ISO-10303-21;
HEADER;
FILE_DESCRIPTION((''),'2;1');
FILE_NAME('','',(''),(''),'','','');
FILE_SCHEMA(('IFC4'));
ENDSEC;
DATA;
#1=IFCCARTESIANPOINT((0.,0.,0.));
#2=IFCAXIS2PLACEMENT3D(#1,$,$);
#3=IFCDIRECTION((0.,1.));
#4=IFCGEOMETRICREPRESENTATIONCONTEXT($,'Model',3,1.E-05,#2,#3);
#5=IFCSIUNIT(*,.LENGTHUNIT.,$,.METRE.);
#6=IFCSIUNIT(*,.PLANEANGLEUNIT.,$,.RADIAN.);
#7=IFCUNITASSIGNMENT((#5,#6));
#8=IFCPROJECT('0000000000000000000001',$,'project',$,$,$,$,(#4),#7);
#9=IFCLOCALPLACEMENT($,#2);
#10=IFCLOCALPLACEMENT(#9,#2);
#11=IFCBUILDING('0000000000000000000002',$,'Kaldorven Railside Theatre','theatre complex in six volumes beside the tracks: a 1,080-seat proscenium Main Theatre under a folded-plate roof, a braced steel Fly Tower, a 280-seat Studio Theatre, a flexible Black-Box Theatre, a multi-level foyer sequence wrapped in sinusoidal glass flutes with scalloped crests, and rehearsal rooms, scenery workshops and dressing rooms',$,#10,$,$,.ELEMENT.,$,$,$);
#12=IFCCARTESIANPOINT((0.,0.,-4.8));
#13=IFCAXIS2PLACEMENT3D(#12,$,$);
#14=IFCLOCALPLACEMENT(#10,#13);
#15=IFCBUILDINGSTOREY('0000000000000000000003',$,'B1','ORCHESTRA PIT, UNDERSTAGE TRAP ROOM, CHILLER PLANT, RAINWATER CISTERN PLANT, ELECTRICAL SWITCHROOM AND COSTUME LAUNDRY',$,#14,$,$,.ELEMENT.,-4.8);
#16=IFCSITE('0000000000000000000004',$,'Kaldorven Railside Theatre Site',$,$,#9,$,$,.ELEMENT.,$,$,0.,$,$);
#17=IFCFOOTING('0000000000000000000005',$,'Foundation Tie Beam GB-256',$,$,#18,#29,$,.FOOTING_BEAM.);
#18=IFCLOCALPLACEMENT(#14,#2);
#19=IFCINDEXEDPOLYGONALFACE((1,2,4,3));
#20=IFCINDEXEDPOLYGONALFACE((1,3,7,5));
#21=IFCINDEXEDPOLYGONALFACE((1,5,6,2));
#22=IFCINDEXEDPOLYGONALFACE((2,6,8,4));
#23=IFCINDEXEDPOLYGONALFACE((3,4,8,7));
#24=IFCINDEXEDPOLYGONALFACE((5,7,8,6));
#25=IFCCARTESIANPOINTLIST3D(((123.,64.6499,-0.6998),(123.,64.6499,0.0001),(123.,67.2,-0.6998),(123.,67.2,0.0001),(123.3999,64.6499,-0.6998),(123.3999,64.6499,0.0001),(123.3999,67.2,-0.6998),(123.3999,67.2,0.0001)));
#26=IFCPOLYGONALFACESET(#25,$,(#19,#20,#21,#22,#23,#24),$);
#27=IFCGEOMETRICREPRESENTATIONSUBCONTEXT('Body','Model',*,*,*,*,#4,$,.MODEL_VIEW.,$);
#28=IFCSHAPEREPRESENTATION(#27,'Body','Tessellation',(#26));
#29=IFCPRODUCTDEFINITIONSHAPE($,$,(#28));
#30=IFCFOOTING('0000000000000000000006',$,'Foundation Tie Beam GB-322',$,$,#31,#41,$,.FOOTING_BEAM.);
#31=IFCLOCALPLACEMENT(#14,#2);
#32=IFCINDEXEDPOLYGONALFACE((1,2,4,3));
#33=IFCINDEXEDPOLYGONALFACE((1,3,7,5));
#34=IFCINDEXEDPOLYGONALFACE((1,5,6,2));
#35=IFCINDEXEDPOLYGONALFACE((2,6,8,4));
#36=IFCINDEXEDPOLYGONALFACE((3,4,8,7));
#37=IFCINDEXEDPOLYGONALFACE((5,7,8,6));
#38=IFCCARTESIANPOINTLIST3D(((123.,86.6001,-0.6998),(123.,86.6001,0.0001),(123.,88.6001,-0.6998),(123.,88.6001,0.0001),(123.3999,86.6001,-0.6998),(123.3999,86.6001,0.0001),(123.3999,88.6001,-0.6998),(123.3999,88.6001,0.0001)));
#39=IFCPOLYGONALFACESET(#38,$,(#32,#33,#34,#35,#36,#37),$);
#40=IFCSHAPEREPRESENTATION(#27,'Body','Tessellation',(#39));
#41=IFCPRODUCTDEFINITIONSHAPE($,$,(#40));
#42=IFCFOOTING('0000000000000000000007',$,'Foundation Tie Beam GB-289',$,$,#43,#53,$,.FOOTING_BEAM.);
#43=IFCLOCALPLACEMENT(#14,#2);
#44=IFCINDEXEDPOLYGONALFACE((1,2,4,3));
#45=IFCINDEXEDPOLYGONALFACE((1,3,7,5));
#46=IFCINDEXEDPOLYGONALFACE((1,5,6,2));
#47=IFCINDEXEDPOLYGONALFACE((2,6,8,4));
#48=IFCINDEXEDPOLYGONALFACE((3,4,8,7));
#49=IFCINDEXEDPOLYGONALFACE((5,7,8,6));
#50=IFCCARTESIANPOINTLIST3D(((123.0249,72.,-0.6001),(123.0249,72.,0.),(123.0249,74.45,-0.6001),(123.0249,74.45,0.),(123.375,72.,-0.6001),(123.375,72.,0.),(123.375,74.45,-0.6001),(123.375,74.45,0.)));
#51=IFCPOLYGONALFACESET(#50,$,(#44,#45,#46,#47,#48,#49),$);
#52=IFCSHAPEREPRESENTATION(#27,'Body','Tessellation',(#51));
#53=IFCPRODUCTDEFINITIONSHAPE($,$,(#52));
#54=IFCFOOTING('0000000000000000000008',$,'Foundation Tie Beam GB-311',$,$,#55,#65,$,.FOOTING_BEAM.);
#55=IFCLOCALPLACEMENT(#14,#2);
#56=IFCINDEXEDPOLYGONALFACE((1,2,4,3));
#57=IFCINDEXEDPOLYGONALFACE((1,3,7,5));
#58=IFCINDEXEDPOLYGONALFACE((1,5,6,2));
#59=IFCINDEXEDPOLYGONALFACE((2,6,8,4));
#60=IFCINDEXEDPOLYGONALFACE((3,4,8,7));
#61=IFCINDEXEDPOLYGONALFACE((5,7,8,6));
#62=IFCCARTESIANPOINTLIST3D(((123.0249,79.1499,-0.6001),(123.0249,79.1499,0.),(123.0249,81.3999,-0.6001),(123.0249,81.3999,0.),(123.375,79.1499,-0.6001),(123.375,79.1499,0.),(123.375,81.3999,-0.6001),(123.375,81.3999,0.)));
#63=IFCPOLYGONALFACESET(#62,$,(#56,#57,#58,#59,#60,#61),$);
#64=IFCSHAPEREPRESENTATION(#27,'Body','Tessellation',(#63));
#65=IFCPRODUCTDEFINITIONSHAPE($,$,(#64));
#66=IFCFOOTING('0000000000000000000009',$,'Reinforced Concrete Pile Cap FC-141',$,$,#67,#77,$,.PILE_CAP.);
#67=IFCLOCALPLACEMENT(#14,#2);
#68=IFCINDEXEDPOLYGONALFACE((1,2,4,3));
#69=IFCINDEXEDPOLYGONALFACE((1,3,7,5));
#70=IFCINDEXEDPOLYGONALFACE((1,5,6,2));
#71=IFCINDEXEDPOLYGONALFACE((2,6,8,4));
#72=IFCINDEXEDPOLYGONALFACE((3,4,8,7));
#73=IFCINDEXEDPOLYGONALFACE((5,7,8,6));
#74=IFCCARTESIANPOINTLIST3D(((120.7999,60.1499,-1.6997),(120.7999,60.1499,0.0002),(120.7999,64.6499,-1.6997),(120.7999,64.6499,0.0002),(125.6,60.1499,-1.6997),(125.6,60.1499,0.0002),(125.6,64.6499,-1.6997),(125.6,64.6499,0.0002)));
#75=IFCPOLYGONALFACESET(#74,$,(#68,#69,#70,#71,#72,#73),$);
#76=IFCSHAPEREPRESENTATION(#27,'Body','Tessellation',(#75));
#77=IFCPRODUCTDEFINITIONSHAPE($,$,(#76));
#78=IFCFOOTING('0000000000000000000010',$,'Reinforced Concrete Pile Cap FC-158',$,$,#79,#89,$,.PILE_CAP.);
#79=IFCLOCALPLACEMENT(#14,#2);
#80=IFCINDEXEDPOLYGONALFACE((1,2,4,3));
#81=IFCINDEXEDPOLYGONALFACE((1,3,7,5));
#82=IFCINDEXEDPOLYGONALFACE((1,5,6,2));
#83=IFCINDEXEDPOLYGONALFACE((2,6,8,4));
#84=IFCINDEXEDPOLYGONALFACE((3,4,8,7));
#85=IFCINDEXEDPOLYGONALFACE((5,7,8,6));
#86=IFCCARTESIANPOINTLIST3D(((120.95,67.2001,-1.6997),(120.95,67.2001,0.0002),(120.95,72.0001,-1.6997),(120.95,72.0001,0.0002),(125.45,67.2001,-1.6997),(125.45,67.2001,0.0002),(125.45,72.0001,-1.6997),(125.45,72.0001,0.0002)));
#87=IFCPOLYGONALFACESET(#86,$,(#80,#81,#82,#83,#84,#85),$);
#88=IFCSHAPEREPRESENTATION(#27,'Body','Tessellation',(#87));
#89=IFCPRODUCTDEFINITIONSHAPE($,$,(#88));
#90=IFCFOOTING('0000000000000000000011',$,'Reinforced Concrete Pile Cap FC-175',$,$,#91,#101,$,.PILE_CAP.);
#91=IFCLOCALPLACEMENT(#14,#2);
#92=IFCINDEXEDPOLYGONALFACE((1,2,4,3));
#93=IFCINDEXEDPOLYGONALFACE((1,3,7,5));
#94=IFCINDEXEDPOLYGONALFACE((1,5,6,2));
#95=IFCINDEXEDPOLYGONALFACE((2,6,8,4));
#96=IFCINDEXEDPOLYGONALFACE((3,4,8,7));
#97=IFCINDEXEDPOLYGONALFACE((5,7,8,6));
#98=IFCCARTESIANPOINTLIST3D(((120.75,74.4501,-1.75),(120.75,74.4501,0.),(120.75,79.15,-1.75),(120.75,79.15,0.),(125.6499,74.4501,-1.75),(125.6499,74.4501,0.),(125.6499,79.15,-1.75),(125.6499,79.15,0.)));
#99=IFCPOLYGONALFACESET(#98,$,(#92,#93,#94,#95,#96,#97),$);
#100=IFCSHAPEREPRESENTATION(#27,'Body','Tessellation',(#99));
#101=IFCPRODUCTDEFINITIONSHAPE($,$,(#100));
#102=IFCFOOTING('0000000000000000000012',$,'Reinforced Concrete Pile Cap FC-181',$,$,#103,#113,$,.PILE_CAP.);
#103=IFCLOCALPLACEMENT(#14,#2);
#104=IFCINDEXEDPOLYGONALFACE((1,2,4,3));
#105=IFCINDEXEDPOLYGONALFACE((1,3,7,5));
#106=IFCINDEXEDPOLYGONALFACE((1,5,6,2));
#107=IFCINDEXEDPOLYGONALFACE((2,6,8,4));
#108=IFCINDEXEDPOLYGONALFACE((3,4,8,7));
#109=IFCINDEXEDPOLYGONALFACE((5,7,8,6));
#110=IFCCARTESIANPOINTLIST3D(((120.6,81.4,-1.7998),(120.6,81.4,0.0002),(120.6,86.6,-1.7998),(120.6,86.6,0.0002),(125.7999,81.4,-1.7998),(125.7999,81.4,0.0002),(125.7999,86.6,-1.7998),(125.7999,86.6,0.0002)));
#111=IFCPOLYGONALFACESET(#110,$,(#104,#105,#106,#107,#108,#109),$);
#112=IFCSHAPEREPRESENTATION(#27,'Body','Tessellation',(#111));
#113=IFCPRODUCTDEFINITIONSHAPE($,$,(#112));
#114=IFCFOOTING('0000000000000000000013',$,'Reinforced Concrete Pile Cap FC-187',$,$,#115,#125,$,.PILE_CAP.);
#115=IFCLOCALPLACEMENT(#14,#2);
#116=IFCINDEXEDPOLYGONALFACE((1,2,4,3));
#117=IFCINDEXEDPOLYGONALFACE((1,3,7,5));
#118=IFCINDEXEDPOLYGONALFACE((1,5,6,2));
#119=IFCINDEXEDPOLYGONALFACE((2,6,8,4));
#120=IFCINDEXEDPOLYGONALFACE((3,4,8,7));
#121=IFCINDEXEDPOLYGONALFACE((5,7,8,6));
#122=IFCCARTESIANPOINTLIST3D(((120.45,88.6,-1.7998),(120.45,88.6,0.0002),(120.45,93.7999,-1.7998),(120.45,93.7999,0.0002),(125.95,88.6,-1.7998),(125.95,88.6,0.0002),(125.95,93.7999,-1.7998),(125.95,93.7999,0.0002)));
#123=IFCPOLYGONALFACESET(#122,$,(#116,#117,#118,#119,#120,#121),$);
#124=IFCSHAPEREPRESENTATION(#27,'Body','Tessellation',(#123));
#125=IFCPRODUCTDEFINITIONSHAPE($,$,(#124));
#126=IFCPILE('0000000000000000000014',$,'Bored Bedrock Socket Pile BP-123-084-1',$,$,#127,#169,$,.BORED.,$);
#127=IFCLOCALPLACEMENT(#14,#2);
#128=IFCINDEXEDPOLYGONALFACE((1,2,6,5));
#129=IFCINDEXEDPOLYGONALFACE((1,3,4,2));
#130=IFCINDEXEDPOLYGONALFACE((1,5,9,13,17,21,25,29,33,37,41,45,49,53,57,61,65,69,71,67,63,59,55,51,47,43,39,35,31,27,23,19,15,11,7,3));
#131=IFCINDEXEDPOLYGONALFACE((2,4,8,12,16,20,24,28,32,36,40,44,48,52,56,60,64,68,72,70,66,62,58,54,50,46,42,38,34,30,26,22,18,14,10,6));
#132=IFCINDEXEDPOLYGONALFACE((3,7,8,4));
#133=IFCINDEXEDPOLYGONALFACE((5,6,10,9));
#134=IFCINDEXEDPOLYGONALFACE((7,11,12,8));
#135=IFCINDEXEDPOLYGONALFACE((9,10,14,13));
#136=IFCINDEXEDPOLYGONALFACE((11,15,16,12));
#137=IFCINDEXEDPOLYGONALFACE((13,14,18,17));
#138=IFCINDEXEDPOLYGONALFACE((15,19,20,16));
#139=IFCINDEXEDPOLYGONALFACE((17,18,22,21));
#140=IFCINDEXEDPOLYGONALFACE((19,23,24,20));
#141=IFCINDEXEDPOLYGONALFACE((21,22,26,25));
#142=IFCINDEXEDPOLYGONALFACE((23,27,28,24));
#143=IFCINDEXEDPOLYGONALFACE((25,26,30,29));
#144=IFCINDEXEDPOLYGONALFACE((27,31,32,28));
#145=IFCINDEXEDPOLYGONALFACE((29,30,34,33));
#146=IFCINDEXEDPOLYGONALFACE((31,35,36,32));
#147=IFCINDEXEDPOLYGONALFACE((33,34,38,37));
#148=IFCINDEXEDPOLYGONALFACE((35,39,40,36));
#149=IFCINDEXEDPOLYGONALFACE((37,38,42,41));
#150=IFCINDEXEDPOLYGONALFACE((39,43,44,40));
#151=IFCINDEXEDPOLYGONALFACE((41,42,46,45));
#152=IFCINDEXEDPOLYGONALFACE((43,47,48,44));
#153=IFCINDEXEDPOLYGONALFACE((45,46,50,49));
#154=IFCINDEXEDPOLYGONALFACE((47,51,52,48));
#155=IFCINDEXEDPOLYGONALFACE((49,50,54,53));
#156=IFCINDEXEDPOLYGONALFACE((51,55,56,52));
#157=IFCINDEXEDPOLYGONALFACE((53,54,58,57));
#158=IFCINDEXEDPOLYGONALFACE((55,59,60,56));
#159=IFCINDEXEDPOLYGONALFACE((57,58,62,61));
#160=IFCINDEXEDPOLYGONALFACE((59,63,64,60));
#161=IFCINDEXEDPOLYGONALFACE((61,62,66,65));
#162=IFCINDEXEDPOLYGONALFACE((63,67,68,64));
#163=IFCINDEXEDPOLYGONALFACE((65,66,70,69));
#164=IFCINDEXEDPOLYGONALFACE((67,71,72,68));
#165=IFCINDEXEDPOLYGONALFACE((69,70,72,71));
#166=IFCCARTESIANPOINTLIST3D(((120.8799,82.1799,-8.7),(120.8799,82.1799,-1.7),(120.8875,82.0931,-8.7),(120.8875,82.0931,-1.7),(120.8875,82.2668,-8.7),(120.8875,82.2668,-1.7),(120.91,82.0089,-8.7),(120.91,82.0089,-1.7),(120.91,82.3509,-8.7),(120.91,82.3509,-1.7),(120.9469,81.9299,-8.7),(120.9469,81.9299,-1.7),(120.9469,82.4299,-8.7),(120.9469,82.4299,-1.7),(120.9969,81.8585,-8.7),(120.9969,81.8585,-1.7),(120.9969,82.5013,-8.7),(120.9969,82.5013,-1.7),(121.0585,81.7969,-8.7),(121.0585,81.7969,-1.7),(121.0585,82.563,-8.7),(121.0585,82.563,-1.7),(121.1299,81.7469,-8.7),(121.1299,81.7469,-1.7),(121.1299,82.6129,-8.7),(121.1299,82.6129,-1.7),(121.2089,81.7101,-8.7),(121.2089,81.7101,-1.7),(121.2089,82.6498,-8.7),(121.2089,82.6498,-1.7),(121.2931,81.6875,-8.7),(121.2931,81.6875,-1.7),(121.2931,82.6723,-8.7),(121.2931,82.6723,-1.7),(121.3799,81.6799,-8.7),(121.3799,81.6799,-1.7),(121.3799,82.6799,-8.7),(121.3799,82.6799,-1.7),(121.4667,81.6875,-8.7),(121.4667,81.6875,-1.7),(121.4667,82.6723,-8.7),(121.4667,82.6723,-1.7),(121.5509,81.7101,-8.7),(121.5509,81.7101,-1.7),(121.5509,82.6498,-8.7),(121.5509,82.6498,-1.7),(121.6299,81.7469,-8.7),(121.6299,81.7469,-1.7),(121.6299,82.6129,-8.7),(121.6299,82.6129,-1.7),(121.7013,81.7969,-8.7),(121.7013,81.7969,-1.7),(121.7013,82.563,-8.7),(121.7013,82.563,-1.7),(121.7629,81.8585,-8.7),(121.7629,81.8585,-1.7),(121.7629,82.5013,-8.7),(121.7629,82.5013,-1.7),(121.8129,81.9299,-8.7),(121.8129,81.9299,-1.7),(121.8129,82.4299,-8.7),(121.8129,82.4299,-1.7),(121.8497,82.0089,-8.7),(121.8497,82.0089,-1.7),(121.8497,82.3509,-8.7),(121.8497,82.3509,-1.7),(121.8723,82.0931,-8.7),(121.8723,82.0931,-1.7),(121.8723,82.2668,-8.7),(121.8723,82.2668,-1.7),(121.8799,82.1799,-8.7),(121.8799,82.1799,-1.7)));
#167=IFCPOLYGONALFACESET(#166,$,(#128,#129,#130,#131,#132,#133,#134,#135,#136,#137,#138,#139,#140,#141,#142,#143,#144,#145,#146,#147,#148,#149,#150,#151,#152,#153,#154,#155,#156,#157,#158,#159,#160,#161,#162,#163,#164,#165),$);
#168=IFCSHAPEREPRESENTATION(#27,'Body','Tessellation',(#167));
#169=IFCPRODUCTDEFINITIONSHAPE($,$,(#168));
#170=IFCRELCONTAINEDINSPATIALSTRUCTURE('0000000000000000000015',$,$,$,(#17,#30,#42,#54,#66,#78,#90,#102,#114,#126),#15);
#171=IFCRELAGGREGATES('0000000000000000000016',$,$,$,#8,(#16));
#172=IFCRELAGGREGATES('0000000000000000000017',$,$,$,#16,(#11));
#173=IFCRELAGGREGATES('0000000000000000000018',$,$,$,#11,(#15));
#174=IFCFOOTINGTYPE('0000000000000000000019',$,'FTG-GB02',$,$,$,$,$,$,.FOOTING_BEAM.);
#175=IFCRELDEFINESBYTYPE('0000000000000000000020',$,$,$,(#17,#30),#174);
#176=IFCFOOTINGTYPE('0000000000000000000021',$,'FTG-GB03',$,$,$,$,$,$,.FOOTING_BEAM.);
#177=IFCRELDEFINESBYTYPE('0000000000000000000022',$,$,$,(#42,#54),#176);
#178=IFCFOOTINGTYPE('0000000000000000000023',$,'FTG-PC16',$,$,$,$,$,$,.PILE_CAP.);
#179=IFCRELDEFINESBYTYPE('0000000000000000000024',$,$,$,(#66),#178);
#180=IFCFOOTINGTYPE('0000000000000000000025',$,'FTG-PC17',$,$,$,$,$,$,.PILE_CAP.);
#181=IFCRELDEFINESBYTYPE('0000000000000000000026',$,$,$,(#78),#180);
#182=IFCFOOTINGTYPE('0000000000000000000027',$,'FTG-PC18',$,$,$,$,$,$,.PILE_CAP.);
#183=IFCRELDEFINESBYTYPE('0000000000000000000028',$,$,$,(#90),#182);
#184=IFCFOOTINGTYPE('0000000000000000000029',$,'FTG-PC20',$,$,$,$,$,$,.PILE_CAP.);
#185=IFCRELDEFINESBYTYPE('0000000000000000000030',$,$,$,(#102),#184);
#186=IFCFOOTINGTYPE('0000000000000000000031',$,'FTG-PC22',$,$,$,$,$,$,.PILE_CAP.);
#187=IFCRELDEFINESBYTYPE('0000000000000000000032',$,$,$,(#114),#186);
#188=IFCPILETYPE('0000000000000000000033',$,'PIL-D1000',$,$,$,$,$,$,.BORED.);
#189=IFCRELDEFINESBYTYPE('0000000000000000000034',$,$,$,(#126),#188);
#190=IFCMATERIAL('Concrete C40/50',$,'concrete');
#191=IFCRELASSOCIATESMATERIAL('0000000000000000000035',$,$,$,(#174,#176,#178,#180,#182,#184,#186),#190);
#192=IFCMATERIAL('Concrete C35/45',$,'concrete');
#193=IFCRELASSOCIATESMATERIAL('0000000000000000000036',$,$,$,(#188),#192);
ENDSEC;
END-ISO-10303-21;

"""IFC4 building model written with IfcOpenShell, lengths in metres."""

from ifc_helpers import new_model, si_unit, direction, frame, origin, origin_2d, place, context, subcontext, project, spatial, rectangle, circle, extrude, material, material_profile, profile_set, type_object, element, save


model = new_model("IFC4")

# Units and contexts
model_context = context("Model", 3, precision=1e-05, world=origin(), true_north=direction((0.0, 1.0)))
body_context = subcontext(model_context, "Body", "Model", "MODEL_VIEW")
ifc_project = project(units=[si_unit("LENGTHUNIT", "METRE"), si_unit("PLANEANGLEUNIT", "RADIAN")], contexts=[model_context])

# Site, building, storey
site_placement = place(None, origin())
site = spatial("IfcSite", under=ifc_project, at=site_placement, Name="Kaldorven Railside Theatre Site", CompositionType="ELEMENT", RefElevation=0.0)
building_placement = place(site_placement, origin())
building = spatial("IfcBuilding", under=site, at=building_placement, Name="Kaldorven Railside Theatre", Description="theatre complex in six volumes beside the tracks: a 1,080-seat proscenium Main Theatre under a folded-plate roof, a braced steel Fly Tower, a 280-seat Studio Theatre, a flexible Black-Box Theatre, a multi-level foyer sequence wrapped in sinusoidal glass flutes with scalloped crests, and rehearsal rooms, scenery workshops and dressing rooms", CompositionType="ELEMENT")
storey_placement = place(building_placement, frame((0.0, 0.0, -4.8)))
storey = spatial("IfcBuildingStorey", under=building, at=storey_placement, Name="B1", Description="ORCHESTRA PIT, UNDERSTAGE TRAP ROOM, CHILLER PLANT, RAINWATER CISTERN PLANT, ELECTRICAL SWITCHROOM AND COSTUME LAUNDRY", CompositionType="ELEMENT", Elevation=-4.8)

# Footings
ifc_material_1 = material(Name="Concrete C40/50", Category="concrete")
ifc_material_profile_1 = material_profile(ifc_material_1, rectangle(XDim=0.3999, YDim=0.7, at=origin_2d()), Name="RC 400x700")
ifc_profile_set_1 = profile_set([ifc_material_profile_1], Name="Concrete C40/50")
footing_type_1 = type_object("IfcFootingType", Name="FTG-GB02", PredefinedType="FOOTING_BEAM", material=ifc_profile_set_1)
footing_1_placement = place(storey_placement, frame((123.2, 64.6499, -0.3499), z_axis=(0.0, 1.0, 0.0), x_axis=(-1.0, 0.0, 0.0)))
element("IfcFooting", 1, at=footing_1_placement, inside=storey, type_object=footing_type_1, Name="Foundation Tie Beam GB-256", PredefinedType="FOOTING_BEAM", context=body_context, shape_type="SweptSolid", body=[
    extrude(rectangle(XDim=0.3999, YDim=0.7, at=origin_2d()), origin(), (0.0, 0.0, 1.0), 2.55),
])
footing_2_placement = place(storey_placement, frame((123.2, 86.6001, -0.3499), z_axis=(0.0, 1.0, 0.0), x_axis=(-1.0, 0.0, 0.0)))
element("IfcFooting", 2, at=footing_2_placement, inside=storey, type_object=footing_type_1, Name="Foundation Tie Beam GB-322", PredefinedType="FOOTING_BEAM", context=body_context, shape_type="SweptSolid", body=[
    extrude(rectangle(XDim=0.3999, YDim=0.7, at=origin_2d()), origin(), (0.0, 0.0, 1.0), 2.0),
])
ifc_material_profile_2 = material_profile(ifc_material_1, rectangle(XDim=0.3501, YDim=0.6001, at=origin_2d()), Name="RC 350x600")
ifc_profile_set_2 = profile_set([ifc_material_profile_2], Name="Concrete C40/50")
footing_type_2 = type_object("IfcFootingType", Name="FTG-GB03", PredefinedType="FOOTING_BEAM", material=ifc_profile_set_2)
footing_3_placement = place(storey_placement, frame((123.2, 72.0, -0.3), z_axis=(0.0, 1.0, 0.0), x_axis=(-1.0, 0.0, 0.0)))
element("IfcFooting", 3, at=footing_3_placement, inside=storey, type_object=footing_type_2, Name="Foundation Tie Beam GB-289", PredefinedType="FOOTING_BEAM", context=body_context, shape_type="SweptSolid", body=[
    extrude(rectangle(XDim=0.3501, YDim=0.6001, at=origin_2d()), origin(), (0.0, 0.0, 1.0), 2.45),
])
footing_4_placement = place(storey_placement, frame((123.2, 79.1499, -0.3), z_axis=(0.0, 1.0, 0.0), x_axis=(-1.0, 0.0, 0.0)))
element("IfcFooting", 4, at=footing_4_placement, inside=storey, type_object=footing_type_2, Name="Foundation Tie Beam GB-311", PredefinedType="FOOTING_BEAM", context=body_context, shape_type="SweptSolid", body=[
    extrude(rectangle(XDim=0.3501, YDim=0.6001, at=origin_2d()), origin(), (0.0, 0.0, 1.0), 2.25),
])
footing_type_3 = type_object("IfcFootingType", Name="FTG-PC16", PredefinedType="PILE_CAP", material=ifc_material_1)
footing_5_placement = place(storey_placement, frame((123.2, 62.3999, -1.6997), z_axis=(0.0, 0.0, 1.0), x_axis=(1.0, 0.0, 0.0)))
element("IfcFooting", 5, at=footing_5_placement, inside=storey, type_object=footing_type_3, Name="Reinforced Concrete Pile Cap FC-141", PredefinedType="PILE_CAP", context=body_context, shape_type="SweptSolid", body=[
    extrude(rectangle(XDim=4.8, YDim=4.5, at=origin_2d()), origin(), (0.0, 0.0, 1.0), 1.7),
])
footing_type_4 = type_object("IfcFootingType", Name="FTG-PC17", PredefinedType="PILE_CAP", material=ifc_material_1)
footing_6_placement = place(storey_placement, frame((123.2, 69.6001, -1.6997), z_axis=(0.0, 0.0, 1.0), x_axis=(1.0, 0.0, 0.0)))
element("IfcFooting", 6, at=footing_6_placement, inside=storey, type_object=footing_type_4, Name="Reinforced Concrete Pile Cap FC-158", PredefinedType="PILE_CAP", context=body_context, shape_type="SweptSolid", body=[
    extrude(rectangle(XDim=4.5, YDim=4.8, at=origin_2d()), origin(), (0.0, 0.0, 1.0), 1.7),
])
footing_type_5 = type_object("IfcFootingType", Name="FTG-PC18", PredefinedType="PILE_CAP", material=ifc_material_1)
footing_7_placement = place(storey_placement, frame((123.2, 76.8, -1.75), z_axis=(0.0, 0.0, 1.0), x_axis=(1.0, 0.0, 0.0)))
element("IfcFooting", 7, at=footing_7_placement, inside=storey, type_object=footing_type_5, Name="Reinforced Concrete Pile Cap FC-175", PredefinedType="PILE_CAP", context=body_context, shape_type="SweptSolid", body=[
    extrude(rectangle(XDim=4.8999, YDim=4.7, at=origin_2d()), origin(), (0.0, 0.0, 1.0), 1.75),
])
footing_type_6 = type_object("IfcFootingType", Name="FTG-PC20", PredefinedType="PILE_CAP", material=ifc_material_1)
footing_8_placement = place(storey_placement, frame((123.2, 84.0, -1.7998), z_axis=(0.0, 0.0, 1.0), x_axis=(1.0, 0.0, 0.0)))
element("IfcFooting", 8, at=footing_8_placement, inside=storey, type_object=footing_type_6, Name="Reinforced Concrete Pile Cap FC-181", PredefinedType="PILE_CAP", context=body_context, shape_type="SweptSolid", body=[
    extrude(rectangle(XDim=5.2, YDim=5.2, at=origin_2d()), origin(), (0.0, 0.0, 1.0), 1.8),
])
footing_type_7 = type_object("IfcFootingType", Name="FTG-PC22", PredefinedType="PILE_CAP", material=ifc_material_1)
footing_9_placement = place(storey_placement, frame((123.2, 91.2, -1.7998), z_axis=(0.0, 0.0, 1.0), x_axis=(1.0, 0.0, 0.0)))
element("IfcFooting", 9, at=footing_9_placement, inside=storey, type_object=footing_type_7, Name="Reinforced Concrete Pile Cap FC-187", PredefinedType="PILE_CAP", context=body_context, shape_type="SweptSolid", body=[
    extrude(rectangle(XDim=5.5, YDim=5.2, at=origin_2d()), origin(), (0.0, 0.0, 1.0), 1.8),
])

# Pile
ifc_material_2 = material(Name="Concrete C35/45", Category="concrete")
ifc_material_profile_3 = material_profile(ifc_material_2, circle(Radius=0.5, at=origin_2d()), Name="BP D1000")
ifc_profile_set_3 = profile_set([ifc_material_profile_3], Name="Concrete C35/45")
pile_type_1 = type_object("IfcPileType", Name="PIL-D1000", PredefinedType="BORED", material=ifc_profile_set_3)
for number, where, z_axis, x_axis, name in (
    (10, (121.3799, 82.1799, -1.7), (0.0, 0.0, -1.0), (1.0, 0.0, 0.0), "Bored Bedrock Socket Pile BP-123-084-1"),
):
    element("IfcPile", number, at=place(storey_placement, frame(where, z_axis=z_axis, x_axis=x_axis)), inside=storey, type_object=pile_type_1, Name=name, PredefinedType="BORED", context=body_context, shape_type="SweptSolid", body=[
        extrude(circle(Radius=0.5, at=origin_2d()), origin(), (0.0, 0.0, 1.0), 7.0),
    ])

save(model, "model.ifc")
